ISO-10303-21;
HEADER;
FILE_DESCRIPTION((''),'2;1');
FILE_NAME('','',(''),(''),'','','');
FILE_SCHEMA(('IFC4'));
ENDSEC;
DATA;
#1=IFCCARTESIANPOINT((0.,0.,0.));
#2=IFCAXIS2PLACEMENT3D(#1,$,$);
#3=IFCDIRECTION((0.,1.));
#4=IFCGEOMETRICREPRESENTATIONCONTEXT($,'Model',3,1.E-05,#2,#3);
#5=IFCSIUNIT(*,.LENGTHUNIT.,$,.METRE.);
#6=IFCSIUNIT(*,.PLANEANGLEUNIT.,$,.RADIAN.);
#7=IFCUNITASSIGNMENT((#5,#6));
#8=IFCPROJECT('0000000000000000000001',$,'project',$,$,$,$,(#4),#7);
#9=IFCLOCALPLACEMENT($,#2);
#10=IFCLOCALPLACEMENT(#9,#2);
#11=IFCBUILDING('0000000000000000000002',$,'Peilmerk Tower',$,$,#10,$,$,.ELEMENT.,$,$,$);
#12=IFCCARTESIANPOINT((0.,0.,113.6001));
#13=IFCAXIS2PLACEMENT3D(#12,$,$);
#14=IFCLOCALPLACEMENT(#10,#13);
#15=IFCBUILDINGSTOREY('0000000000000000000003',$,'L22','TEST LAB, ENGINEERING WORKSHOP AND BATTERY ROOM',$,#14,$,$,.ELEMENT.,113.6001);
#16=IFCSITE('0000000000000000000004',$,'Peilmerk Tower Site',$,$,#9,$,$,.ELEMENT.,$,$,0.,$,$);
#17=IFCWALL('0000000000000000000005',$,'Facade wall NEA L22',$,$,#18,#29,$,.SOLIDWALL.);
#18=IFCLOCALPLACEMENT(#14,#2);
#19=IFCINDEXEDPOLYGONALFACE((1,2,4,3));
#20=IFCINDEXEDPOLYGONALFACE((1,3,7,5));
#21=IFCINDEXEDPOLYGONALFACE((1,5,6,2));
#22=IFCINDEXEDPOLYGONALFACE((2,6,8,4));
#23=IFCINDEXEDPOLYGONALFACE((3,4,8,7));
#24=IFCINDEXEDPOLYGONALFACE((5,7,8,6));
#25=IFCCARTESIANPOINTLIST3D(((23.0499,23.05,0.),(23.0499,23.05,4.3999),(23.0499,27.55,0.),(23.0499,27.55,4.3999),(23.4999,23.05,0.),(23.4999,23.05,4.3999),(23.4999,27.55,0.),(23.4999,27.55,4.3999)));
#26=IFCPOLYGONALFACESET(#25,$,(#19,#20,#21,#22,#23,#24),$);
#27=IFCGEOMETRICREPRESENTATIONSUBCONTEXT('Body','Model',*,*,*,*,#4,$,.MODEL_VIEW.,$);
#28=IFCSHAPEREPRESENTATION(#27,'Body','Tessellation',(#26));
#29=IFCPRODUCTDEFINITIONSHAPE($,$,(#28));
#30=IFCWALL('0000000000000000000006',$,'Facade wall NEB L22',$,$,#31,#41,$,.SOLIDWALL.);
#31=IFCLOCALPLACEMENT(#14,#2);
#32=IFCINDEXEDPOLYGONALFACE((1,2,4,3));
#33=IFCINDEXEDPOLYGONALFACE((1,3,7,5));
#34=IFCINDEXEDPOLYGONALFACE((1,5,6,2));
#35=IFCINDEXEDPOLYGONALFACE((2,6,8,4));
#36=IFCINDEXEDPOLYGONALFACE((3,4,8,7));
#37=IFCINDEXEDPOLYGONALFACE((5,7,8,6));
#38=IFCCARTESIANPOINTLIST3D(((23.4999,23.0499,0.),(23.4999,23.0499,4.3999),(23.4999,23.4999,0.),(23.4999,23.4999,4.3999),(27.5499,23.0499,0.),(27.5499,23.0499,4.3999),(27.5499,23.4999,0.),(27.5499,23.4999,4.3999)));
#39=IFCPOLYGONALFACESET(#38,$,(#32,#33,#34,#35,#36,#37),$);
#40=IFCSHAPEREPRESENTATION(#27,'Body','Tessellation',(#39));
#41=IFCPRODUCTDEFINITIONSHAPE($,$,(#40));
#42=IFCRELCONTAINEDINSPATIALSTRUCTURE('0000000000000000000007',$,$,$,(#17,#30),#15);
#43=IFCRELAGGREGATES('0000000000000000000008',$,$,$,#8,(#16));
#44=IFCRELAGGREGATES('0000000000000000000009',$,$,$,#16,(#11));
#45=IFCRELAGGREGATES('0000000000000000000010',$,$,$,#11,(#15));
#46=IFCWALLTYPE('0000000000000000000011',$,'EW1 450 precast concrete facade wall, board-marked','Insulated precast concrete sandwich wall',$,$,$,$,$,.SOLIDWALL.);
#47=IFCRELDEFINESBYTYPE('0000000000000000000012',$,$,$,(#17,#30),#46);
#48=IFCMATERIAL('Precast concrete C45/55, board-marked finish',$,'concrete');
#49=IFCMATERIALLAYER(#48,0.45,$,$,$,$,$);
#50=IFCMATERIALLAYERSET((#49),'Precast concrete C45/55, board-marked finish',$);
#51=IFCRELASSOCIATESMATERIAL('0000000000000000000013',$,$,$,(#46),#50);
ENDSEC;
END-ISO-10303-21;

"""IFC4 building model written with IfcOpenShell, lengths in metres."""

from ifc_helpers import new_model, si_unit, direction, frame, frame_2d, origin, place, context, subcontext, project, spatial, rectangle, extrude, material, layer, layer_set, type_object, element, save


model = new_model("IFC4")

# Units and contexts
model_context = context("Model", 3, precision=1e-05, world=origin(), true_north=direction((0.0, 1.0)))
body_context = subcontext(model_context, "Body", "Model", "MODEL_VIEW")
ifc_project = project(units=[si_unit("LENGTHUNIT", "METRE"), si_unit("PLANEANGLEUNIT", "RADIAN")], contexts=[model_context])

# Site, building, storey
site_placement = place(None, origin())
site = spatial("IfcSite", under=ifc_project, at=site_placement, Name="Peilmerk Tower Site", CompositionType="ELEMENT", RefElevation=0.0)
building_placement = place(site_placement, origin())
building = spatial("IfcBuilding", under=site, at=building_placement, Name="Peilmerk Tower", CompositionType="ELEMENT")
storey_placement = place(building_placement, frame((0.0, 0.0, 113.6001)))
storey = spatial("IfcBuildingStorey", under=building, at=storey_placement, Name="L22", Description="TEST LAB, ENGINEERING WORKSHOP AND BATTERY ROOM", CompositionType="ELEMENT", Elevation=113.6001)

# Shared definitions
ifc_material_1 = material(Name="Precast concrete C45/55, board-marked finish", Category="concrete")
ifc_layer = layer(ifc_material_1, 0.45)
ifc_layer_set = layer_set([ifc_layer], Name="Precast concrete C45/55, board-marked finish")
wall_type = type_object("IfcWallType", Name="EW1 450 precast concrete facade wall, board-marked", Description="Insulated precast concrete sandwich wall", PredefinedType="SOLIDWALL", material=ifc_layer_set)

# Walls
wall_1_placement = place(storey_placement, frame((23.2749, 23.05, 0.0), z_axis=(0.0, 0.0, 1.0), x_axis=(0.0, 1.0, 0.0)))
element("IfcWall", 1, at=wall_1_placement, inside=storey, type_object=wall_type, Name="Facade wall NEA L22", PredefinedType="SOLIDWALL", context=body_context, shape_type="SweptSolid", body=[
    extrude(rectangle(XDim=4.5, YDim=0.45, at=frame_2d((2.25, 0.0))), origin(), (0.0, 0.0, 1.0), 4.3999),
])
wall_2_placement = place(storey_placement, frame((23.5, 23.2749, 0.0), z_axis=(0.0, 0.0, 1.0), x_axis=(1.0, 0.0, 0.0)))
element("IfcWall", 2, at=wall_2_placement, inside=storey, type_object=wall_type, Name="Facade wall NEB L22", PredefinedType="SOLIDWALL", context=body_context, shape_type="SweptSolid", body=[
    extrude(rectangle(XDim=4.05, YDim=0.45, at=frame_2d((2.0249, 0.0))), origin(), (0.0, 0.0, 1.0), 4.3999),
])

save(model, "model.ifc")
